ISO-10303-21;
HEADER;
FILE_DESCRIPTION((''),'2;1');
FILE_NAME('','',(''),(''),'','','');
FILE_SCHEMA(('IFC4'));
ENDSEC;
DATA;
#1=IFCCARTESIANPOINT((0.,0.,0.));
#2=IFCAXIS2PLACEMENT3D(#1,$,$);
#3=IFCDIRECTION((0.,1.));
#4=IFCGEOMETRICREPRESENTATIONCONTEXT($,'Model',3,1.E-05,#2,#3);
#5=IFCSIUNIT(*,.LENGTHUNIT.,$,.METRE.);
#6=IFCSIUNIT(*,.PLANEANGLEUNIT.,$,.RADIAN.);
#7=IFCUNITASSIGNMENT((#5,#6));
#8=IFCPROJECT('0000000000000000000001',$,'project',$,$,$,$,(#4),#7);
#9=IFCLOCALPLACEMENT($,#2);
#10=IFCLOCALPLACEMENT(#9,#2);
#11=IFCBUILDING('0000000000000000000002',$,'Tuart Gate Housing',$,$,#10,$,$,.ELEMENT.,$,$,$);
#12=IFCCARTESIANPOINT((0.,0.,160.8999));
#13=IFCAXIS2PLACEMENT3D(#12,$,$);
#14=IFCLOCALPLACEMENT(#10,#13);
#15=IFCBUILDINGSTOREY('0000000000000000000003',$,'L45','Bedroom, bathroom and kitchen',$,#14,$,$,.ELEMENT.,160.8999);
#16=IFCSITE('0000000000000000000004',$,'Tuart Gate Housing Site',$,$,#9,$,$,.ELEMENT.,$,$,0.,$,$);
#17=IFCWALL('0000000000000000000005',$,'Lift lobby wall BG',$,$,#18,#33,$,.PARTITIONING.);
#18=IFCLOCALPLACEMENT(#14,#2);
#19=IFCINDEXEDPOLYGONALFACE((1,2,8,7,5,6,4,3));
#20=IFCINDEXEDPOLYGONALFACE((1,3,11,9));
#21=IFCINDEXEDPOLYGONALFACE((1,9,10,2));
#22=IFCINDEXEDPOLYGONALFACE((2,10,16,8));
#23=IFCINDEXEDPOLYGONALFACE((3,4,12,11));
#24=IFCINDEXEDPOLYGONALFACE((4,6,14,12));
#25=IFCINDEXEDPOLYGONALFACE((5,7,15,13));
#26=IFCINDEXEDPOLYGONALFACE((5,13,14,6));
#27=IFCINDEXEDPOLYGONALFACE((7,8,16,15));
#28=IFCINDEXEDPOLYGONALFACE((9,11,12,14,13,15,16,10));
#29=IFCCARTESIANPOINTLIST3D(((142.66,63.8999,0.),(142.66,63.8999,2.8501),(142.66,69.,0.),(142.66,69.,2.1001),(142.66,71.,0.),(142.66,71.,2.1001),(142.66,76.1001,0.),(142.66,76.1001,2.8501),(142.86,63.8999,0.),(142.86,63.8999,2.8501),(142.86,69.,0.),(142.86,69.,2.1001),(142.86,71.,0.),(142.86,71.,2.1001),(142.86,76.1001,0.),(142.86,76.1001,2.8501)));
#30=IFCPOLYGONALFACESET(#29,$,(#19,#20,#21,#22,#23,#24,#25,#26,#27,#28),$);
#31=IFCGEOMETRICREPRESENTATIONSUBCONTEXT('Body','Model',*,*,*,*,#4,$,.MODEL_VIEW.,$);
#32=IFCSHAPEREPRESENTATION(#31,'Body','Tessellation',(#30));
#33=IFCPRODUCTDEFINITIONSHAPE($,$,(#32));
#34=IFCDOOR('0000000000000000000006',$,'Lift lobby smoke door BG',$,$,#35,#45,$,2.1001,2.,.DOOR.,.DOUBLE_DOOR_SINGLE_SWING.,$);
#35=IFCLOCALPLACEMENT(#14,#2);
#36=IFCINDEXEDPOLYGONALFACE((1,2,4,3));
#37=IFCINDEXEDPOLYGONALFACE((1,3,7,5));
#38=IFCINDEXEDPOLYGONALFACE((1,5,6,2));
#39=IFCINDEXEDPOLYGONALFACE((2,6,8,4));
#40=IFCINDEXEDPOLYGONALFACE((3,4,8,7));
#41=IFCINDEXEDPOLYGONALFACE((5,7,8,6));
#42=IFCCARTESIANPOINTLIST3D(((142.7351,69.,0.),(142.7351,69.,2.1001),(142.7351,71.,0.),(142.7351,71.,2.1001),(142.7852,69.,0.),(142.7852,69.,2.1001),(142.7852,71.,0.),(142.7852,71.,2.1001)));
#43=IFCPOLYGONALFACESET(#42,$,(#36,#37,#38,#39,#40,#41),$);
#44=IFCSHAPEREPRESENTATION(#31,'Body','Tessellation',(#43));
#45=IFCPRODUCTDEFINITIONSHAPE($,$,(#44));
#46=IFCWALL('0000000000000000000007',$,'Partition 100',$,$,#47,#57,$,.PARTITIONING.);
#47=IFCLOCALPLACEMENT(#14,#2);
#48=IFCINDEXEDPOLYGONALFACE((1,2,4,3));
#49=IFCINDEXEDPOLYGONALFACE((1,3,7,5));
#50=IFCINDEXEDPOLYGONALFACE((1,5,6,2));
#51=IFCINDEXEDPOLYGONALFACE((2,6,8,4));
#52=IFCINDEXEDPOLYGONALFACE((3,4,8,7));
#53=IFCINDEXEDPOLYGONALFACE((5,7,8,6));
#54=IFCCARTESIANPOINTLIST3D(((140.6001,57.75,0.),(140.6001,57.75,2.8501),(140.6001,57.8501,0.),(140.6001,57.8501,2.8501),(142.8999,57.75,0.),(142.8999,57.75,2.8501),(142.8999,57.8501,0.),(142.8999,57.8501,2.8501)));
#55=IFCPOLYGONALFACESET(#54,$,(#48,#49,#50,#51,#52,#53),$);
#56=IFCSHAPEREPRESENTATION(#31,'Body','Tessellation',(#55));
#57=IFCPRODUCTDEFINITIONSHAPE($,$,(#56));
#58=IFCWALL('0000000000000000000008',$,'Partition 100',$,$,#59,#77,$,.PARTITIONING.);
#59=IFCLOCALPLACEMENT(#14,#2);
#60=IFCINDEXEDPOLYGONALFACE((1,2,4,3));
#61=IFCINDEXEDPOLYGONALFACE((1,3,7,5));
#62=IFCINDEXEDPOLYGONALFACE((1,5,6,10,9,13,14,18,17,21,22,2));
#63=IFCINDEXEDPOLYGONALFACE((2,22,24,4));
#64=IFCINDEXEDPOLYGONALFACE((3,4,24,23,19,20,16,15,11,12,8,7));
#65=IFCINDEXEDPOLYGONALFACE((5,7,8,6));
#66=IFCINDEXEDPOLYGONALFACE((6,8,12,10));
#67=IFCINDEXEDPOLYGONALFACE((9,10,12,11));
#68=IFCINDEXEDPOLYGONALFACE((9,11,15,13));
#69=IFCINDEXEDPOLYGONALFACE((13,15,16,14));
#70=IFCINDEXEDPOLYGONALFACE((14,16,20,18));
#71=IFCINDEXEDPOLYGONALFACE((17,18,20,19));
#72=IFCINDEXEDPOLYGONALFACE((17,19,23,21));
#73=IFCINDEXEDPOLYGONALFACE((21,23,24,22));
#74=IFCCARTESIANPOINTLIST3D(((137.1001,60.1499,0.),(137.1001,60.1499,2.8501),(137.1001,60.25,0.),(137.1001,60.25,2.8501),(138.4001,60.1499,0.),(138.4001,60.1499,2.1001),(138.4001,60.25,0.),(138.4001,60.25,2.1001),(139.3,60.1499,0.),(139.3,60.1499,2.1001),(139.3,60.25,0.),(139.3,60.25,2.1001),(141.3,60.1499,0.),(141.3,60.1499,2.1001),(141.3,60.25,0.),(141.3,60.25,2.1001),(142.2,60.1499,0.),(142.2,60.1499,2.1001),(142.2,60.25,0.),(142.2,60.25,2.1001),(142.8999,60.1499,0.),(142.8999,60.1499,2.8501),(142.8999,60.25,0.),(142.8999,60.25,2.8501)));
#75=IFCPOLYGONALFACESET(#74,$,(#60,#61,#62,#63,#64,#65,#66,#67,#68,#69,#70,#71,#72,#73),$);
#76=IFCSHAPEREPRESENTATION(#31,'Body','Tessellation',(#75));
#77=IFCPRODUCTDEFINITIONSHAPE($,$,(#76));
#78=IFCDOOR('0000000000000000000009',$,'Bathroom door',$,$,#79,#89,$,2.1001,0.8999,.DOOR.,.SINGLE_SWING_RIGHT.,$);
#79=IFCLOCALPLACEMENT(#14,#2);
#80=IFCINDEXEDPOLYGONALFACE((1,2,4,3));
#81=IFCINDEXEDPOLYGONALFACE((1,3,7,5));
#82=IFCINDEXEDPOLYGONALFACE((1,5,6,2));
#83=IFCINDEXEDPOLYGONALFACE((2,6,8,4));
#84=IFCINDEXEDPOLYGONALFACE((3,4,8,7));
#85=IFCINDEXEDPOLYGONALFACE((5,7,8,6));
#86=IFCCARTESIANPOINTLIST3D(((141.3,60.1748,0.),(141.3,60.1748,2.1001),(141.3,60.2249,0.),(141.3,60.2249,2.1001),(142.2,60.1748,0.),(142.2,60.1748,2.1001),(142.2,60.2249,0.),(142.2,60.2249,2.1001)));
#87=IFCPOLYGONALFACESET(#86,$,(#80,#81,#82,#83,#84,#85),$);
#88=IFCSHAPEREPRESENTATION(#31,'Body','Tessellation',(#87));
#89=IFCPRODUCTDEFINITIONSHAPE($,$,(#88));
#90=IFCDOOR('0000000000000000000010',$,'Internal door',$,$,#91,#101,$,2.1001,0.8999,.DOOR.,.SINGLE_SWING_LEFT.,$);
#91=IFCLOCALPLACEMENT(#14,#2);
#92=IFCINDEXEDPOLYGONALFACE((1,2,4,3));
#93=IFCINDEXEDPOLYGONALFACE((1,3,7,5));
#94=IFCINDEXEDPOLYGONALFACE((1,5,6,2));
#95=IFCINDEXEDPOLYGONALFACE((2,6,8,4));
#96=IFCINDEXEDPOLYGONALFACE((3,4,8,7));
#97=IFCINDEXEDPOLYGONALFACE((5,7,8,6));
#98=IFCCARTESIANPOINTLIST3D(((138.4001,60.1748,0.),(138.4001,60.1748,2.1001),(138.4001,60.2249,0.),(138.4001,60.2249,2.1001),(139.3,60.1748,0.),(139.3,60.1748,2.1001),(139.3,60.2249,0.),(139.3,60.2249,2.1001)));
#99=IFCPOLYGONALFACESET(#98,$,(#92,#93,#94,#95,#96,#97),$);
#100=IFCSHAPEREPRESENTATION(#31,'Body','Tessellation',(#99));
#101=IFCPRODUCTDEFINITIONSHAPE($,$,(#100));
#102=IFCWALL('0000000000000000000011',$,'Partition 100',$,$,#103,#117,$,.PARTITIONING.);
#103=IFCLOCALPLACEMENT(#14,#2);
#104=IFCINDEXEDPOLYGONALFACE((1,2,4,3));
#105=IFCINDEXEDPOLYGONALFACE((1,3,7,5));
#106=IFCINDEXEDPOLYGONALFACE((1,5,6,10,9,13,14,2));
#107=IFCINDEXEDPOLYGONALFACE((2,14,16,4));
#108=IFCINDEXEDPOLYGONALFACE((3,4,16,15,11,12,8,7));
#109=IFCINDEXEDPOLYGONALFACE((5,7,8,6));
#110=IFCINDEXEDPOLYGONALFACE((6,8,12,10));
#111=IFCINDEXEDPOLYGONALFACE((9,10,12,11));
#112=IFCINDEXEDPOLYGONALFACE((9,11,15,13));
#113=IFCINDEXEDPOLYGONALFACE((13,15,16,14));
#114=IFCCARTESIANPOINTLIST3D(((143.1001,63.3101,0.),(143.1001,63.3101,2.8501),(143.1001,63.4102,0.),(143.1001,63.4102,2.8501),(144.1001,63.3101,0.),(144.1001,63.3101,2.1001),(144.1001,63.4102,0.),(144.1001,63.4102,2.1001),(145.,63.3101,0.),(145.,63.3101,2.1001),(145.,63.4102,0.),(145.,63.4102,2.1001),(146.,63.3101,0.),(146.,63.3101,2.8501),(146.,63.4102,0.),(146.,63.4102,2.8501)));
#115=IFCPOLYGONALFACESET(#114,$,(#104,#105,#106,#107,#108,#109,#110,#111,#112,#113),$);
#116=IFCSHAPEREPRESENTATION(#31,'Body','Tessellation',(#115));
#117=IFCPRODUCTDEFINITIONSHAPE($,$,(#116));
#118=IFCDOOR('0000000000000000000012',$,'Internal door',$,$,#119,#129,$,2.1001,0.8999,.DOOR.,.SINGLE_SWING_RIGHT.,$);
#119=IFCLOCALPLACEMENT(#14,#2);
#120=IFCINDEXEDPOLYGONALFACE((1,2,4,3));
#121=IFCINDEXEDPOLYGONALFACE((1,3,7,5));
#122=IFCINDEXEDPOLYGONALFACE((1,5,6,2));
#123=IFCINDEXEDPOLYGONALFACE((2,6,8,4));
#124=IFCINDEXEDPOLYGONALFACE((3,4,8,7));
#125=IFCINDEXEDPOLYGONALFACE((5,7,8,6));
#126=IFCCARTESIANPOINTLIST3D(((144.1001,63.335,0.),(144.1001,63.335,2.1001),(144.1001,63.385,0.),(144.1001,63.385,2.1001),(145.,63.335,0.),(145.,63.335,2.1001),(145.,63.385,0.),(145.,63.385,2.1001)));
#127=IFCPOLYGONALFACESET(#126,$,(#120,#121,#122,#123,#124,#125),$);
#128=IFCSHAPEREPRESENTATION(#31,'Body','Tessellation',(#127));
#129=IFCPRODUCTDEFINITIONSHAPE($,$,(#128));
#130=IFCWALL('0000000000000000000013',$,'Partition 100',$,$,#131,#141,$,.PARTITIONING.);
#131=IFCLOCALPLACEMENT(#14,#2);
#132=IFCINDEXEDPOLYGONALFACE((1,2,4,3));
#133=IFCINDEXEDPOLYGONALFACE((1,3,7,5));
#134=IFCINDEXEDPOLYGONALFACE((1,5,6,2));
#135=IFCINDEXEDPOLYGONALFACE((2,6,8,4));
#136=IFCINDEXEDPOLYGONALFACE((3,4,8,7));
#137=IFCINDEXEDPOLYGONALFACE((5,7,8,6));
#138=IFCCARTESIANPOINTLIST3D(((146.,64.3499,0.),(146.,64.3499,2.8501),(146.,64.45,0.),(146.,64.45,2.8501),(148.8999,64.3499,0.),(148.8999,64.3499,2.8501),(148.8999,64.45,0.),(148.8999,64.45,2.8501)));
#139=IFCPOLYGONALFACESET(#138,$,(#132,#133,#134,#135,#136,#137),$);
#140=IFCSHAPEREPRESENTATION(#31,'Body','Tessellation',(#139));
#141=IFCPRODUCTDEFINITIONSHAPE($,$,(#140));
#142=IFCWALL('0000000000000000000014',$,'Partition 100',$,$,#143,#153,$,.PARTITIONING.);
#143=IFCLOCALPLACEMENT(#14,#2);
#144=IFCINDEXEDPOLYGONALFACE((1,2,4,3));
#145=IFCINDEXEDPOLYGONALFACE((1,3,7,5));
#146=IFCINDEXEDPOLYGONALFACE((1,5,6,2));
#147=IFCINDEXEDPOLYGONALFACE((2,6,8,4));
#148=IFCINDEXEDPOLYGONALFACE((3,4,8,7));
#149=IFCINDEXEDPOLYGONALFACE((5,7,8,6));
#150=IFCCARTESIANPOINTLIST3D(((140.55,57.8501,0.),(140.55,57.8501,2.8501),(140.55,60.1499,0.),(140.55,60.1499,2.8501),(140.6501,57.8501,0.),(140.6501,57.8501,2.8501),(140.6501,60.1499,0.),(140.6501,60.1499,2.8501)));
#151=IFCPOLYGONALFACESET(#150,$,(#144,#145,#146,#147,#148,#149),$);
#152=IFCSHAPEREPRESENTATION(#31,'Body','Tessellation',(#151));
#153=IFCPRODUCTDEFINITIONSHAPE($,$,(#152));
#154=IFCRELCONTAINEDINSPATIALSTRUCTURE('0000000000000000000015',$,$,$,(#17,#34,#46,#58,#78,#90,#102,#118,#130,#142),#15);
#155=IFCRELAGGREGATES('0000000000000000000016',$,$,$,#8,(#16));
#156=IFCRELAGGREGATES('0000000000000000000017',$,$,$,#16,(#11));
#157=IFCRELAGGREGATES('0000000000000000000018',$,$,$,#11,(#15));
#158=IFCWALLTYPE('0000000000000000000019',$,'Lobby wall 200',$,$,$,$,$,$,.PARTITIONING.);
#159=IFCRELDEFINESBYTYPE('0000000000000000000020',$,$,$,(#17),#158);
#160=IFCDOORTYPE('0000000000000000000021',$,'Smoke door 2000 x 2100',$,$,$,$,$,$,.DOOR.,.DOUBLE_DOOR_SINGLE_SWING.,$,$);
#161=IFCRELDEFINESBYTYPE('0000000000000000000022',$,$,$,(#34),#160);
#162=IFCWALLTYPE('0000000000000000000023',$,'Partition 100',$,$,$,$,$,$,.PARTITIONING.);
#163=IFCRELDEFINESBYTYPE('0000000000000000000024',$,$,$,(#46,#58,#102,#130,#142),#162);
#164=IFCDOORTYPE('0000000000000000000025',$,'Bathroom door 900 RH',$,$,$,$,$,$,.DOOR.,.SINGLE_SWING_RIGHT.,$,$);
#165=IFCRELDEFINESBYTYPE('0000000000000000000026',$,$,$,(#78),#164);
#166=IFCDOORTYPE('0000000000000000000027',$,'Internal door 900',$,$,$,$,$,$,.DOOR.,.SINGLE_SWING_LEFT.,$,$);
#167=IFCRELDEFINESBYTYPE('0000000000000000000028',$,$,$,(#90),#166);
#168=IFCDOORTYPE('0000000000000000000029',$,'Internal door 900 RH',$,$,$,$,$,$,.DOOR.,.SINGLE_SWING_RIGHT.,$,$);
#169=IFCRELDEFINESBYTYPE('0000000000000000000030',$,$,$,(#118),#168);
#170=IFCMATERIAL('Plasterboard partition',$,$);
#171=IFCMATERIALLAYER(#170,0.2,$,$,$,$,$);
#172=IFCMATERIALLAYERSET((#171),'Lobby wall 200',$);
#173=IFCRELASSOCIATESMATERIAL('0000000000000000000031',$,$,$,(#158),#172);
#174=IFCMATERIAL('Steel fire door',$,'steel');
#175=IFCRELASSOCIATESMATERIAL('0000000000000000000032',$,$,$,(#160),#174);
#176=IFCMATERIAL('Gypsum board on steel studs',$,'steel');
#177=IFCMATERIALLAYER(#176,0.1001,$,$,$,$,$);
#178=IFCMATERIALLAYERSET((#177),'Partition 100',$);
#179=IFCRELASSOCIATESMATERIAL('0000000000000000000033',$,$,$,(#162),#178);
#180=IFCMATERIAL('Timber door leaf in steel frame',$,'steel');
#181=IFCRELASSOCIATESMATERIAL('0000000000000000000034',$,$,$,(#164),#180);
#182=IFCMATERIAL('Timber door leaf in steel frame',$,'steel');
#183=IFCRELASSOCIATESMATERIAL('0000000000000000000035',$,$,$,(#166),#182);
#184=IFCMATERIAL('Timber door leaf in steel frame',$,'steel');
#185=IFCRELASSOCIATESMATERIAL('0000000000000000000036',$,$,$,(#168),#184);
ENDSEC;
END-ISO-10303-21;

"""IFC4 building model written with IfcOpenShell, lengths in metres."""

from ifc_helpers import new_model, si_unit, direction, frame, frame_2d, origin, place, context, subcontext, project, spatial, rectangle, extrude, material, layer, layer_set, type_object, element, fill, save


model = new_model("IFC4")

# Units and contexts
model_context = context("Model", 3, precision=1e-05, world=origin(), true_north=direction((0.0, 1.0)))
body_context = subcontext(model_context, "Body", "Model", "MODEL_VIEW")
ifc_project = project(units=[si_unit("LENGTHUNIT", "METRE"), si_unit("PLANEANGLEUNIT", "RADIAN")], contexts=[model_context])

# Site, building, storey
site_placement = place(None, origin())
site = spatial("IfcSite", under=ifc_project, at=site_placement, Name="Tuart Gate Housing Site", CompositionType="ELEMENT", RefElevation=0.0)
building_placement = place(site_placement, origin())
building = spatial("IfcBuilding", under=site, at=building_placement, Name="Tuart Gate Housing", CompositionType="ELEMENT")
storey_placement = place(building_placement, frame((0.0, 0.0, 160.8999)))
storey = spatial("IfcBuildingStorey", under=building, at=storey_placement, Name="L45", Description="Bedroom, bathroom and kitchen", CompositionType="ELEMENT", Elevation=160.8999)

# Wall, opening, door
ifc_material_1 = material(Name="Plasterboard partition")
ifc_layer_1 = layer(ifc_material_1, 0.2)
ifc_layer_set_1 = layer_set([ifc_layer_1], Name="Lobby wall 200")
wall_type_1 = type_object("IfcWallType", Name="Lobby wall 200", PredefinedType="PARTITIONING", material=ifc_layer_set_1)
wall_1_placement = place(storey_placement, frame((142.76, 63.8999, 0.0), z_axis=(0.0, 0.0, 1.0), x_axis=(0.0, 1.0, 0.0)))
wall_1 = element("IfcWall", 1, at=wall_1_placement, inside=storey, type_object=wall_type_1, Name="Lift lobby wall BG", PredefinedType="PARTITIONING", context=body_context, shape_type="SweptSolid", body=[
    extrude(rectangle(XDim=12.2002, YDim=0.2, at=frame_2d((6.1001, 0.0))), origin(), (0.0, 0.0, 1.0), 2.8501),
])
opening_1_placement = place(wall_1_placement, frame((5.1001, 0.0, 0.0)))
opening_1 = element("IfcOpeningElement", 2, at=opening_1_placement, cuts=wall_1, PredefinedType="OPENING", context=body_context, shape_type="SweptSolid", body=[
    extrude(rectangle(XDim=2.0, YDim=2.1001, at=frame_2d((1.0, 1.05))), frame((0.0, 0.1099, 0.0), z_axis=(0.0, -1.0, 0.0), x_axis=(1.0, 0.0, 0.0)), (0.0, 0.0, 1.0), 0.22),
])
ifc_material_2 = material(Name="Steel fire door", Category="steel")
door_type_1 = type_object("IfcDoorType", Name="Smoke door 2000 x 2100", OperationType="DOUBLE_DOOR_SINGLE_SWING", PredefinedType="DOOR", material=ifc_material_2)
door_1_placement = place(opening_1_placement, origin())
door_1 = element("IfcDoor", 3, at=door_1_placement, inside=storey, type_object=door_type_1, Name="Lift lobby smoke door BG", OperationType="DOUBLE_DOOR_SINGLE_SWING", OverallHeight=2.1001, OverallWidth=2.0, PredefinedType="DOOR", context=body_context, shape_type="SweptSolid", body=[
    extrude(rectangle(XDim=2.0, YDim=2.1001, at=frame_2d((1.0, 1.05))), frame((0.0, 0.0249, 0.0), z_axis=(0.0, -1.0, 0.0), x_axis=(1.0, 0.0, 0.0)), (0.0, 0.0, 1.0), 0.05),
])
fill(opening_1, door_1)

# Wall
ifc_material_3 = material(Name="Gypsum board on steel studs", Category="steel")
ifc_layer_2 = layer(ifc_material_3, 0.1001)
ifc_layer_set_2 = layer_set([ifc_layer_2], Name="Partition 100")
wall_type_2 = type_object("IfcWallType", Name="Partition 100", PredefinedType="PARTITIONING", material=ifc_layer_set_2)
wall_2_placement = place(storey_placement, frame((140.6001, 57.8, 0.0), z_axis=(0.0, 0.0, 1.0), x_axis=(1.0, 0.0, 0.0)))
element("IfcWall", 4, at=wall_2_placement, inside=storey, type_object=wall_type_2, Name="Partition 100", PredefinedType="PARTITIONING", context=body_context, shape_type="SweptSolid", body=[
    extrude(rectangle(XDim=2.2998, YDim=0.1001, at=frame_2d((1.1499, 0.0))), origin(), (0.0, 0.0, 1.0), 2.8501),
])

# Wall, openings, doors
wall_3_placement = place(storey_placement, frame((137.1001, 60.2, 0.0), z_axis=(0.0, 0.0, 1.0), x_axis=(1.0, 0.0, 0.0)))
wall_3 = element("IfcWall", 5, at=wall_3_placement, inside=storey, type_object=wall_type_2, Name="Partition 100", PredefinedType="PARTITIONING", context=body_context, shape_type="SweptSolid", body=[
    extrude(rectangle(XDim=5.7998, YDim=0.1001, at=frame_2d((2.8999, 0.0))), origin(), (0.0, 0.0, 1.0), 2.8501),
])
opening_2_placement = place(wall_3_placement, frame((1.3, 0.0, 0.0)))
opening_2 = element("IfcOpeningElement", 6, at=opening_2_placement, cuts=wall_3, PredefinedType="OPENING", context=body_context, shape_type="SweptSolid", body=[
    extrude(rectangle(XDim=0.8999, YDim=2.1001, at=frame_2d((0.45, 1.05))), frame((0.0, 0.0601, 0.0), z_axis=(0.0, -1.0, 0.0), x_axis=(1.0, 0.0, 0.0)), (0.0, 0.0, 1.0), 0.1201),
])
opening_3_placement = place(wall_3_placement, frame((4.2, 0.0, 0.0)))
opening_3 = element("IfcOpeningElement", 7, at=opening_3_placement, cuts=wall_3, PredefinedType="OPENING", context=body_context, shape_type="SweptSolid", body=[
    extrude(rectangle(XDim=0.8999, YDim=2.1001, at=frame_2d((0.45, 1.05))), frame((0.0, 0.0601, 0.0), z_axis=(0.0, -1.0, 0.0), x_axis=(1.0, 0.0, 0.0)), (0.0, 0.0, 1.0), 0.1201),
])
ifc_material_4 = material(Name="Timber door leaf in steel frame", Category="steel")
door_type_2 = type_object("IfcDoorType", Name="Bathroom door 900 RH", OperationType="SINGLE_SWING_RIGHT", PredefinedType="DOOR", material=ifc_material_4)
door_2_placement = place(opening_3_placement, frame((0.8999, 0.0, 0.0), z_axis=(0.0, 0.0, 1.0), x_axis=(-1.0, 0.0, 0.0)))
door_2 = element("IfcDoor", 8, at=door_2_placement, inside=storey, type_object=door_type_2, Name="Bathroom door", OperationType="SINGLE_SWING_RIGHT", OverallHeight=2.1001, OverallWidth=0.8999, PredefinedType="DOOR", context=body_context, shape_type="SweptSolid", body=[
    extrude(rectangle(XDim=0.8999, YDim=2.1001, at=frame_2d((0.45, 1.05))), frame((0.0, 0.0251, 0.0), z_axis=(0.0, -1.0, 0.0), x_axis=(1.0, 0.0, 0.0)), (0.0, 0.0, 1.0), 0.05),
])
fill(opening_3, door_2)
ifc_material_5 = material(Name="Timber door leaf in steel frame", Category="steel")
door_type_3 = type_object("IfcDoorType", Name="Internal door 900", OperationType="SINGLE_SWING_LEFT", PredefinedType="DOOR", material=ifc_material_5)
door_3_placement = place(opening_2_placement, origin())
door_3 = element("IfcDoor", 9, at=door_3_placement, inside=storey, type_object=door_type_3, Name="Internal door", OperationType="SINGLE_SWING_LEFT", OverallHeight=2.1001, OverallWidth=0.8999, PredefinedType="DOOR", context=body_context, shape_type="SweptSolid", body=[
    extrude(rectangle(XDim=0.8999, YDim=2.1001, at=frame_2d((0.45, 1.05))), frame((0.0, 0.0249, 0.0), z_axis=(0.0, -1.0, 0.0), x_axis=(1.0, 0.0, 0.0)), (0.0, 0.0, 1.0), 0.05),
])
fill(opening_2, door_3)

# Wall, opening, door
wall_4_placement = place(storey_placement, frame((143.1001, 63.3601, 0.0), z_axis=(0.0, 0.0, 1.0), x_axis=(1.0, 0.0, 0.0)))
wall_4 = element("IfcWall", 10, at=wall_4_placement, inside=storey, type_object=wall_type_2, Name="Partition 100", PredefinedType="PARTITIONING", context=body_context, shape_type="SweptSolid", body=[
    extrude(rectangle(XDim=2.8999, YDim=0.1001, at=frame_2d((1.45, 0.0))), origin(), (0.0, 0.0, 1.0), 2.8501),
])
opening_4_placement = place(wall_4_placement, frame((1.0, 0.0, 0.0)))
opening_4 = element("IfcOpeningElement", 11, at=opening_4_placement, cuts=wall_4, PredefinedType="OPENING", context=body_context, shape_type="SweptSolid", body=[
    extrude(rectangle(XDim=0.8999, YDim=2.1001, at=frame_2d((0.45, 1.05))), frame((0.0, 0.0601, 0.0), z_axis=(0.0, -1.0, 0.0), x_axis=(1.0, 0.0, 0.0)), (0.0, 0.0, 1.0), 0.1201),
])
ifc_material_6 = material(Name="Timber door leaf in steel frame", Category="steel")
door_type_4 = type_object("IfcDoorType", Name="Internal door 900 RH", OperationType="SINGLE_SWING_RIGHT", PredefinedType="DOOR", material=ifc_material_6)
door_4_placement = place(opening_4_placement, origin())
door_4 = element("IfcDoor", 12, at=door_4_placement, inside=storey, type_object=door_type_4, Name="Internal door", OperationType="SINGLE_SWING_RIGHT", OverallHeight=2.1001, OverallWidth=0.8999, PredefinedType="DOOR", context=body_context, shape_type="SweptSolid", body=[
    extrude(rectangle(XDim=0.8999, YDim=2.1001, at=frame_2d((0.45, 1.05))), frame((0.0, 0.0249, 0.0), z_axis=(0.0, -1.0, 0.0), x_axis=(1.0, 0.0, 0.0)), (0.0, 0.0, 1.0), 0.05),
])
fill(opening_4, door_4)

# Walls
wall_5_placement = place(storey_placement, frame((146.0, 64.3999, 0.0), z_axis=(0.0, 0.0, 1.0), x_axis=(1.0, 0.0, 0.0)))
element("IfcWall", 13, at=wall_5_placement, inside=storey, type_object=wall_type_2, Name="Partition 100", PredefinedType="PARTITIONING", context=body_context, shape_type="SweptSolid", body=[
    extrude(rectangle(XDim=2.8999, YDim=0.1001, at=frame_2d((1.45, 0.0))), origin(), (0.0, 0.0, 1.0), 2.8501),
])
wall_6_placement = place(storey_placement, frame((140.6001, 57.8501, 0.0), z_axis=(0.0, 0.0, 1.0), x_axis=(0.0, 1.0, 0.0)))
element("IfcWall", 14, at=wall_6_placement, inside=storey, type_object=wall_type_2, Name="Partition 100", PredefinedType="PARTITIONING", context=body_context, shape_type="SweptSolid", body=[
    extrude(rectangle(XDim=2.2998, YDim=0.1001, at=frame_2d((1.1499, 0.0))), origin(), (0.0, 0.0, 1.0), 2.8501),
])

save(model, "model.ifc")
